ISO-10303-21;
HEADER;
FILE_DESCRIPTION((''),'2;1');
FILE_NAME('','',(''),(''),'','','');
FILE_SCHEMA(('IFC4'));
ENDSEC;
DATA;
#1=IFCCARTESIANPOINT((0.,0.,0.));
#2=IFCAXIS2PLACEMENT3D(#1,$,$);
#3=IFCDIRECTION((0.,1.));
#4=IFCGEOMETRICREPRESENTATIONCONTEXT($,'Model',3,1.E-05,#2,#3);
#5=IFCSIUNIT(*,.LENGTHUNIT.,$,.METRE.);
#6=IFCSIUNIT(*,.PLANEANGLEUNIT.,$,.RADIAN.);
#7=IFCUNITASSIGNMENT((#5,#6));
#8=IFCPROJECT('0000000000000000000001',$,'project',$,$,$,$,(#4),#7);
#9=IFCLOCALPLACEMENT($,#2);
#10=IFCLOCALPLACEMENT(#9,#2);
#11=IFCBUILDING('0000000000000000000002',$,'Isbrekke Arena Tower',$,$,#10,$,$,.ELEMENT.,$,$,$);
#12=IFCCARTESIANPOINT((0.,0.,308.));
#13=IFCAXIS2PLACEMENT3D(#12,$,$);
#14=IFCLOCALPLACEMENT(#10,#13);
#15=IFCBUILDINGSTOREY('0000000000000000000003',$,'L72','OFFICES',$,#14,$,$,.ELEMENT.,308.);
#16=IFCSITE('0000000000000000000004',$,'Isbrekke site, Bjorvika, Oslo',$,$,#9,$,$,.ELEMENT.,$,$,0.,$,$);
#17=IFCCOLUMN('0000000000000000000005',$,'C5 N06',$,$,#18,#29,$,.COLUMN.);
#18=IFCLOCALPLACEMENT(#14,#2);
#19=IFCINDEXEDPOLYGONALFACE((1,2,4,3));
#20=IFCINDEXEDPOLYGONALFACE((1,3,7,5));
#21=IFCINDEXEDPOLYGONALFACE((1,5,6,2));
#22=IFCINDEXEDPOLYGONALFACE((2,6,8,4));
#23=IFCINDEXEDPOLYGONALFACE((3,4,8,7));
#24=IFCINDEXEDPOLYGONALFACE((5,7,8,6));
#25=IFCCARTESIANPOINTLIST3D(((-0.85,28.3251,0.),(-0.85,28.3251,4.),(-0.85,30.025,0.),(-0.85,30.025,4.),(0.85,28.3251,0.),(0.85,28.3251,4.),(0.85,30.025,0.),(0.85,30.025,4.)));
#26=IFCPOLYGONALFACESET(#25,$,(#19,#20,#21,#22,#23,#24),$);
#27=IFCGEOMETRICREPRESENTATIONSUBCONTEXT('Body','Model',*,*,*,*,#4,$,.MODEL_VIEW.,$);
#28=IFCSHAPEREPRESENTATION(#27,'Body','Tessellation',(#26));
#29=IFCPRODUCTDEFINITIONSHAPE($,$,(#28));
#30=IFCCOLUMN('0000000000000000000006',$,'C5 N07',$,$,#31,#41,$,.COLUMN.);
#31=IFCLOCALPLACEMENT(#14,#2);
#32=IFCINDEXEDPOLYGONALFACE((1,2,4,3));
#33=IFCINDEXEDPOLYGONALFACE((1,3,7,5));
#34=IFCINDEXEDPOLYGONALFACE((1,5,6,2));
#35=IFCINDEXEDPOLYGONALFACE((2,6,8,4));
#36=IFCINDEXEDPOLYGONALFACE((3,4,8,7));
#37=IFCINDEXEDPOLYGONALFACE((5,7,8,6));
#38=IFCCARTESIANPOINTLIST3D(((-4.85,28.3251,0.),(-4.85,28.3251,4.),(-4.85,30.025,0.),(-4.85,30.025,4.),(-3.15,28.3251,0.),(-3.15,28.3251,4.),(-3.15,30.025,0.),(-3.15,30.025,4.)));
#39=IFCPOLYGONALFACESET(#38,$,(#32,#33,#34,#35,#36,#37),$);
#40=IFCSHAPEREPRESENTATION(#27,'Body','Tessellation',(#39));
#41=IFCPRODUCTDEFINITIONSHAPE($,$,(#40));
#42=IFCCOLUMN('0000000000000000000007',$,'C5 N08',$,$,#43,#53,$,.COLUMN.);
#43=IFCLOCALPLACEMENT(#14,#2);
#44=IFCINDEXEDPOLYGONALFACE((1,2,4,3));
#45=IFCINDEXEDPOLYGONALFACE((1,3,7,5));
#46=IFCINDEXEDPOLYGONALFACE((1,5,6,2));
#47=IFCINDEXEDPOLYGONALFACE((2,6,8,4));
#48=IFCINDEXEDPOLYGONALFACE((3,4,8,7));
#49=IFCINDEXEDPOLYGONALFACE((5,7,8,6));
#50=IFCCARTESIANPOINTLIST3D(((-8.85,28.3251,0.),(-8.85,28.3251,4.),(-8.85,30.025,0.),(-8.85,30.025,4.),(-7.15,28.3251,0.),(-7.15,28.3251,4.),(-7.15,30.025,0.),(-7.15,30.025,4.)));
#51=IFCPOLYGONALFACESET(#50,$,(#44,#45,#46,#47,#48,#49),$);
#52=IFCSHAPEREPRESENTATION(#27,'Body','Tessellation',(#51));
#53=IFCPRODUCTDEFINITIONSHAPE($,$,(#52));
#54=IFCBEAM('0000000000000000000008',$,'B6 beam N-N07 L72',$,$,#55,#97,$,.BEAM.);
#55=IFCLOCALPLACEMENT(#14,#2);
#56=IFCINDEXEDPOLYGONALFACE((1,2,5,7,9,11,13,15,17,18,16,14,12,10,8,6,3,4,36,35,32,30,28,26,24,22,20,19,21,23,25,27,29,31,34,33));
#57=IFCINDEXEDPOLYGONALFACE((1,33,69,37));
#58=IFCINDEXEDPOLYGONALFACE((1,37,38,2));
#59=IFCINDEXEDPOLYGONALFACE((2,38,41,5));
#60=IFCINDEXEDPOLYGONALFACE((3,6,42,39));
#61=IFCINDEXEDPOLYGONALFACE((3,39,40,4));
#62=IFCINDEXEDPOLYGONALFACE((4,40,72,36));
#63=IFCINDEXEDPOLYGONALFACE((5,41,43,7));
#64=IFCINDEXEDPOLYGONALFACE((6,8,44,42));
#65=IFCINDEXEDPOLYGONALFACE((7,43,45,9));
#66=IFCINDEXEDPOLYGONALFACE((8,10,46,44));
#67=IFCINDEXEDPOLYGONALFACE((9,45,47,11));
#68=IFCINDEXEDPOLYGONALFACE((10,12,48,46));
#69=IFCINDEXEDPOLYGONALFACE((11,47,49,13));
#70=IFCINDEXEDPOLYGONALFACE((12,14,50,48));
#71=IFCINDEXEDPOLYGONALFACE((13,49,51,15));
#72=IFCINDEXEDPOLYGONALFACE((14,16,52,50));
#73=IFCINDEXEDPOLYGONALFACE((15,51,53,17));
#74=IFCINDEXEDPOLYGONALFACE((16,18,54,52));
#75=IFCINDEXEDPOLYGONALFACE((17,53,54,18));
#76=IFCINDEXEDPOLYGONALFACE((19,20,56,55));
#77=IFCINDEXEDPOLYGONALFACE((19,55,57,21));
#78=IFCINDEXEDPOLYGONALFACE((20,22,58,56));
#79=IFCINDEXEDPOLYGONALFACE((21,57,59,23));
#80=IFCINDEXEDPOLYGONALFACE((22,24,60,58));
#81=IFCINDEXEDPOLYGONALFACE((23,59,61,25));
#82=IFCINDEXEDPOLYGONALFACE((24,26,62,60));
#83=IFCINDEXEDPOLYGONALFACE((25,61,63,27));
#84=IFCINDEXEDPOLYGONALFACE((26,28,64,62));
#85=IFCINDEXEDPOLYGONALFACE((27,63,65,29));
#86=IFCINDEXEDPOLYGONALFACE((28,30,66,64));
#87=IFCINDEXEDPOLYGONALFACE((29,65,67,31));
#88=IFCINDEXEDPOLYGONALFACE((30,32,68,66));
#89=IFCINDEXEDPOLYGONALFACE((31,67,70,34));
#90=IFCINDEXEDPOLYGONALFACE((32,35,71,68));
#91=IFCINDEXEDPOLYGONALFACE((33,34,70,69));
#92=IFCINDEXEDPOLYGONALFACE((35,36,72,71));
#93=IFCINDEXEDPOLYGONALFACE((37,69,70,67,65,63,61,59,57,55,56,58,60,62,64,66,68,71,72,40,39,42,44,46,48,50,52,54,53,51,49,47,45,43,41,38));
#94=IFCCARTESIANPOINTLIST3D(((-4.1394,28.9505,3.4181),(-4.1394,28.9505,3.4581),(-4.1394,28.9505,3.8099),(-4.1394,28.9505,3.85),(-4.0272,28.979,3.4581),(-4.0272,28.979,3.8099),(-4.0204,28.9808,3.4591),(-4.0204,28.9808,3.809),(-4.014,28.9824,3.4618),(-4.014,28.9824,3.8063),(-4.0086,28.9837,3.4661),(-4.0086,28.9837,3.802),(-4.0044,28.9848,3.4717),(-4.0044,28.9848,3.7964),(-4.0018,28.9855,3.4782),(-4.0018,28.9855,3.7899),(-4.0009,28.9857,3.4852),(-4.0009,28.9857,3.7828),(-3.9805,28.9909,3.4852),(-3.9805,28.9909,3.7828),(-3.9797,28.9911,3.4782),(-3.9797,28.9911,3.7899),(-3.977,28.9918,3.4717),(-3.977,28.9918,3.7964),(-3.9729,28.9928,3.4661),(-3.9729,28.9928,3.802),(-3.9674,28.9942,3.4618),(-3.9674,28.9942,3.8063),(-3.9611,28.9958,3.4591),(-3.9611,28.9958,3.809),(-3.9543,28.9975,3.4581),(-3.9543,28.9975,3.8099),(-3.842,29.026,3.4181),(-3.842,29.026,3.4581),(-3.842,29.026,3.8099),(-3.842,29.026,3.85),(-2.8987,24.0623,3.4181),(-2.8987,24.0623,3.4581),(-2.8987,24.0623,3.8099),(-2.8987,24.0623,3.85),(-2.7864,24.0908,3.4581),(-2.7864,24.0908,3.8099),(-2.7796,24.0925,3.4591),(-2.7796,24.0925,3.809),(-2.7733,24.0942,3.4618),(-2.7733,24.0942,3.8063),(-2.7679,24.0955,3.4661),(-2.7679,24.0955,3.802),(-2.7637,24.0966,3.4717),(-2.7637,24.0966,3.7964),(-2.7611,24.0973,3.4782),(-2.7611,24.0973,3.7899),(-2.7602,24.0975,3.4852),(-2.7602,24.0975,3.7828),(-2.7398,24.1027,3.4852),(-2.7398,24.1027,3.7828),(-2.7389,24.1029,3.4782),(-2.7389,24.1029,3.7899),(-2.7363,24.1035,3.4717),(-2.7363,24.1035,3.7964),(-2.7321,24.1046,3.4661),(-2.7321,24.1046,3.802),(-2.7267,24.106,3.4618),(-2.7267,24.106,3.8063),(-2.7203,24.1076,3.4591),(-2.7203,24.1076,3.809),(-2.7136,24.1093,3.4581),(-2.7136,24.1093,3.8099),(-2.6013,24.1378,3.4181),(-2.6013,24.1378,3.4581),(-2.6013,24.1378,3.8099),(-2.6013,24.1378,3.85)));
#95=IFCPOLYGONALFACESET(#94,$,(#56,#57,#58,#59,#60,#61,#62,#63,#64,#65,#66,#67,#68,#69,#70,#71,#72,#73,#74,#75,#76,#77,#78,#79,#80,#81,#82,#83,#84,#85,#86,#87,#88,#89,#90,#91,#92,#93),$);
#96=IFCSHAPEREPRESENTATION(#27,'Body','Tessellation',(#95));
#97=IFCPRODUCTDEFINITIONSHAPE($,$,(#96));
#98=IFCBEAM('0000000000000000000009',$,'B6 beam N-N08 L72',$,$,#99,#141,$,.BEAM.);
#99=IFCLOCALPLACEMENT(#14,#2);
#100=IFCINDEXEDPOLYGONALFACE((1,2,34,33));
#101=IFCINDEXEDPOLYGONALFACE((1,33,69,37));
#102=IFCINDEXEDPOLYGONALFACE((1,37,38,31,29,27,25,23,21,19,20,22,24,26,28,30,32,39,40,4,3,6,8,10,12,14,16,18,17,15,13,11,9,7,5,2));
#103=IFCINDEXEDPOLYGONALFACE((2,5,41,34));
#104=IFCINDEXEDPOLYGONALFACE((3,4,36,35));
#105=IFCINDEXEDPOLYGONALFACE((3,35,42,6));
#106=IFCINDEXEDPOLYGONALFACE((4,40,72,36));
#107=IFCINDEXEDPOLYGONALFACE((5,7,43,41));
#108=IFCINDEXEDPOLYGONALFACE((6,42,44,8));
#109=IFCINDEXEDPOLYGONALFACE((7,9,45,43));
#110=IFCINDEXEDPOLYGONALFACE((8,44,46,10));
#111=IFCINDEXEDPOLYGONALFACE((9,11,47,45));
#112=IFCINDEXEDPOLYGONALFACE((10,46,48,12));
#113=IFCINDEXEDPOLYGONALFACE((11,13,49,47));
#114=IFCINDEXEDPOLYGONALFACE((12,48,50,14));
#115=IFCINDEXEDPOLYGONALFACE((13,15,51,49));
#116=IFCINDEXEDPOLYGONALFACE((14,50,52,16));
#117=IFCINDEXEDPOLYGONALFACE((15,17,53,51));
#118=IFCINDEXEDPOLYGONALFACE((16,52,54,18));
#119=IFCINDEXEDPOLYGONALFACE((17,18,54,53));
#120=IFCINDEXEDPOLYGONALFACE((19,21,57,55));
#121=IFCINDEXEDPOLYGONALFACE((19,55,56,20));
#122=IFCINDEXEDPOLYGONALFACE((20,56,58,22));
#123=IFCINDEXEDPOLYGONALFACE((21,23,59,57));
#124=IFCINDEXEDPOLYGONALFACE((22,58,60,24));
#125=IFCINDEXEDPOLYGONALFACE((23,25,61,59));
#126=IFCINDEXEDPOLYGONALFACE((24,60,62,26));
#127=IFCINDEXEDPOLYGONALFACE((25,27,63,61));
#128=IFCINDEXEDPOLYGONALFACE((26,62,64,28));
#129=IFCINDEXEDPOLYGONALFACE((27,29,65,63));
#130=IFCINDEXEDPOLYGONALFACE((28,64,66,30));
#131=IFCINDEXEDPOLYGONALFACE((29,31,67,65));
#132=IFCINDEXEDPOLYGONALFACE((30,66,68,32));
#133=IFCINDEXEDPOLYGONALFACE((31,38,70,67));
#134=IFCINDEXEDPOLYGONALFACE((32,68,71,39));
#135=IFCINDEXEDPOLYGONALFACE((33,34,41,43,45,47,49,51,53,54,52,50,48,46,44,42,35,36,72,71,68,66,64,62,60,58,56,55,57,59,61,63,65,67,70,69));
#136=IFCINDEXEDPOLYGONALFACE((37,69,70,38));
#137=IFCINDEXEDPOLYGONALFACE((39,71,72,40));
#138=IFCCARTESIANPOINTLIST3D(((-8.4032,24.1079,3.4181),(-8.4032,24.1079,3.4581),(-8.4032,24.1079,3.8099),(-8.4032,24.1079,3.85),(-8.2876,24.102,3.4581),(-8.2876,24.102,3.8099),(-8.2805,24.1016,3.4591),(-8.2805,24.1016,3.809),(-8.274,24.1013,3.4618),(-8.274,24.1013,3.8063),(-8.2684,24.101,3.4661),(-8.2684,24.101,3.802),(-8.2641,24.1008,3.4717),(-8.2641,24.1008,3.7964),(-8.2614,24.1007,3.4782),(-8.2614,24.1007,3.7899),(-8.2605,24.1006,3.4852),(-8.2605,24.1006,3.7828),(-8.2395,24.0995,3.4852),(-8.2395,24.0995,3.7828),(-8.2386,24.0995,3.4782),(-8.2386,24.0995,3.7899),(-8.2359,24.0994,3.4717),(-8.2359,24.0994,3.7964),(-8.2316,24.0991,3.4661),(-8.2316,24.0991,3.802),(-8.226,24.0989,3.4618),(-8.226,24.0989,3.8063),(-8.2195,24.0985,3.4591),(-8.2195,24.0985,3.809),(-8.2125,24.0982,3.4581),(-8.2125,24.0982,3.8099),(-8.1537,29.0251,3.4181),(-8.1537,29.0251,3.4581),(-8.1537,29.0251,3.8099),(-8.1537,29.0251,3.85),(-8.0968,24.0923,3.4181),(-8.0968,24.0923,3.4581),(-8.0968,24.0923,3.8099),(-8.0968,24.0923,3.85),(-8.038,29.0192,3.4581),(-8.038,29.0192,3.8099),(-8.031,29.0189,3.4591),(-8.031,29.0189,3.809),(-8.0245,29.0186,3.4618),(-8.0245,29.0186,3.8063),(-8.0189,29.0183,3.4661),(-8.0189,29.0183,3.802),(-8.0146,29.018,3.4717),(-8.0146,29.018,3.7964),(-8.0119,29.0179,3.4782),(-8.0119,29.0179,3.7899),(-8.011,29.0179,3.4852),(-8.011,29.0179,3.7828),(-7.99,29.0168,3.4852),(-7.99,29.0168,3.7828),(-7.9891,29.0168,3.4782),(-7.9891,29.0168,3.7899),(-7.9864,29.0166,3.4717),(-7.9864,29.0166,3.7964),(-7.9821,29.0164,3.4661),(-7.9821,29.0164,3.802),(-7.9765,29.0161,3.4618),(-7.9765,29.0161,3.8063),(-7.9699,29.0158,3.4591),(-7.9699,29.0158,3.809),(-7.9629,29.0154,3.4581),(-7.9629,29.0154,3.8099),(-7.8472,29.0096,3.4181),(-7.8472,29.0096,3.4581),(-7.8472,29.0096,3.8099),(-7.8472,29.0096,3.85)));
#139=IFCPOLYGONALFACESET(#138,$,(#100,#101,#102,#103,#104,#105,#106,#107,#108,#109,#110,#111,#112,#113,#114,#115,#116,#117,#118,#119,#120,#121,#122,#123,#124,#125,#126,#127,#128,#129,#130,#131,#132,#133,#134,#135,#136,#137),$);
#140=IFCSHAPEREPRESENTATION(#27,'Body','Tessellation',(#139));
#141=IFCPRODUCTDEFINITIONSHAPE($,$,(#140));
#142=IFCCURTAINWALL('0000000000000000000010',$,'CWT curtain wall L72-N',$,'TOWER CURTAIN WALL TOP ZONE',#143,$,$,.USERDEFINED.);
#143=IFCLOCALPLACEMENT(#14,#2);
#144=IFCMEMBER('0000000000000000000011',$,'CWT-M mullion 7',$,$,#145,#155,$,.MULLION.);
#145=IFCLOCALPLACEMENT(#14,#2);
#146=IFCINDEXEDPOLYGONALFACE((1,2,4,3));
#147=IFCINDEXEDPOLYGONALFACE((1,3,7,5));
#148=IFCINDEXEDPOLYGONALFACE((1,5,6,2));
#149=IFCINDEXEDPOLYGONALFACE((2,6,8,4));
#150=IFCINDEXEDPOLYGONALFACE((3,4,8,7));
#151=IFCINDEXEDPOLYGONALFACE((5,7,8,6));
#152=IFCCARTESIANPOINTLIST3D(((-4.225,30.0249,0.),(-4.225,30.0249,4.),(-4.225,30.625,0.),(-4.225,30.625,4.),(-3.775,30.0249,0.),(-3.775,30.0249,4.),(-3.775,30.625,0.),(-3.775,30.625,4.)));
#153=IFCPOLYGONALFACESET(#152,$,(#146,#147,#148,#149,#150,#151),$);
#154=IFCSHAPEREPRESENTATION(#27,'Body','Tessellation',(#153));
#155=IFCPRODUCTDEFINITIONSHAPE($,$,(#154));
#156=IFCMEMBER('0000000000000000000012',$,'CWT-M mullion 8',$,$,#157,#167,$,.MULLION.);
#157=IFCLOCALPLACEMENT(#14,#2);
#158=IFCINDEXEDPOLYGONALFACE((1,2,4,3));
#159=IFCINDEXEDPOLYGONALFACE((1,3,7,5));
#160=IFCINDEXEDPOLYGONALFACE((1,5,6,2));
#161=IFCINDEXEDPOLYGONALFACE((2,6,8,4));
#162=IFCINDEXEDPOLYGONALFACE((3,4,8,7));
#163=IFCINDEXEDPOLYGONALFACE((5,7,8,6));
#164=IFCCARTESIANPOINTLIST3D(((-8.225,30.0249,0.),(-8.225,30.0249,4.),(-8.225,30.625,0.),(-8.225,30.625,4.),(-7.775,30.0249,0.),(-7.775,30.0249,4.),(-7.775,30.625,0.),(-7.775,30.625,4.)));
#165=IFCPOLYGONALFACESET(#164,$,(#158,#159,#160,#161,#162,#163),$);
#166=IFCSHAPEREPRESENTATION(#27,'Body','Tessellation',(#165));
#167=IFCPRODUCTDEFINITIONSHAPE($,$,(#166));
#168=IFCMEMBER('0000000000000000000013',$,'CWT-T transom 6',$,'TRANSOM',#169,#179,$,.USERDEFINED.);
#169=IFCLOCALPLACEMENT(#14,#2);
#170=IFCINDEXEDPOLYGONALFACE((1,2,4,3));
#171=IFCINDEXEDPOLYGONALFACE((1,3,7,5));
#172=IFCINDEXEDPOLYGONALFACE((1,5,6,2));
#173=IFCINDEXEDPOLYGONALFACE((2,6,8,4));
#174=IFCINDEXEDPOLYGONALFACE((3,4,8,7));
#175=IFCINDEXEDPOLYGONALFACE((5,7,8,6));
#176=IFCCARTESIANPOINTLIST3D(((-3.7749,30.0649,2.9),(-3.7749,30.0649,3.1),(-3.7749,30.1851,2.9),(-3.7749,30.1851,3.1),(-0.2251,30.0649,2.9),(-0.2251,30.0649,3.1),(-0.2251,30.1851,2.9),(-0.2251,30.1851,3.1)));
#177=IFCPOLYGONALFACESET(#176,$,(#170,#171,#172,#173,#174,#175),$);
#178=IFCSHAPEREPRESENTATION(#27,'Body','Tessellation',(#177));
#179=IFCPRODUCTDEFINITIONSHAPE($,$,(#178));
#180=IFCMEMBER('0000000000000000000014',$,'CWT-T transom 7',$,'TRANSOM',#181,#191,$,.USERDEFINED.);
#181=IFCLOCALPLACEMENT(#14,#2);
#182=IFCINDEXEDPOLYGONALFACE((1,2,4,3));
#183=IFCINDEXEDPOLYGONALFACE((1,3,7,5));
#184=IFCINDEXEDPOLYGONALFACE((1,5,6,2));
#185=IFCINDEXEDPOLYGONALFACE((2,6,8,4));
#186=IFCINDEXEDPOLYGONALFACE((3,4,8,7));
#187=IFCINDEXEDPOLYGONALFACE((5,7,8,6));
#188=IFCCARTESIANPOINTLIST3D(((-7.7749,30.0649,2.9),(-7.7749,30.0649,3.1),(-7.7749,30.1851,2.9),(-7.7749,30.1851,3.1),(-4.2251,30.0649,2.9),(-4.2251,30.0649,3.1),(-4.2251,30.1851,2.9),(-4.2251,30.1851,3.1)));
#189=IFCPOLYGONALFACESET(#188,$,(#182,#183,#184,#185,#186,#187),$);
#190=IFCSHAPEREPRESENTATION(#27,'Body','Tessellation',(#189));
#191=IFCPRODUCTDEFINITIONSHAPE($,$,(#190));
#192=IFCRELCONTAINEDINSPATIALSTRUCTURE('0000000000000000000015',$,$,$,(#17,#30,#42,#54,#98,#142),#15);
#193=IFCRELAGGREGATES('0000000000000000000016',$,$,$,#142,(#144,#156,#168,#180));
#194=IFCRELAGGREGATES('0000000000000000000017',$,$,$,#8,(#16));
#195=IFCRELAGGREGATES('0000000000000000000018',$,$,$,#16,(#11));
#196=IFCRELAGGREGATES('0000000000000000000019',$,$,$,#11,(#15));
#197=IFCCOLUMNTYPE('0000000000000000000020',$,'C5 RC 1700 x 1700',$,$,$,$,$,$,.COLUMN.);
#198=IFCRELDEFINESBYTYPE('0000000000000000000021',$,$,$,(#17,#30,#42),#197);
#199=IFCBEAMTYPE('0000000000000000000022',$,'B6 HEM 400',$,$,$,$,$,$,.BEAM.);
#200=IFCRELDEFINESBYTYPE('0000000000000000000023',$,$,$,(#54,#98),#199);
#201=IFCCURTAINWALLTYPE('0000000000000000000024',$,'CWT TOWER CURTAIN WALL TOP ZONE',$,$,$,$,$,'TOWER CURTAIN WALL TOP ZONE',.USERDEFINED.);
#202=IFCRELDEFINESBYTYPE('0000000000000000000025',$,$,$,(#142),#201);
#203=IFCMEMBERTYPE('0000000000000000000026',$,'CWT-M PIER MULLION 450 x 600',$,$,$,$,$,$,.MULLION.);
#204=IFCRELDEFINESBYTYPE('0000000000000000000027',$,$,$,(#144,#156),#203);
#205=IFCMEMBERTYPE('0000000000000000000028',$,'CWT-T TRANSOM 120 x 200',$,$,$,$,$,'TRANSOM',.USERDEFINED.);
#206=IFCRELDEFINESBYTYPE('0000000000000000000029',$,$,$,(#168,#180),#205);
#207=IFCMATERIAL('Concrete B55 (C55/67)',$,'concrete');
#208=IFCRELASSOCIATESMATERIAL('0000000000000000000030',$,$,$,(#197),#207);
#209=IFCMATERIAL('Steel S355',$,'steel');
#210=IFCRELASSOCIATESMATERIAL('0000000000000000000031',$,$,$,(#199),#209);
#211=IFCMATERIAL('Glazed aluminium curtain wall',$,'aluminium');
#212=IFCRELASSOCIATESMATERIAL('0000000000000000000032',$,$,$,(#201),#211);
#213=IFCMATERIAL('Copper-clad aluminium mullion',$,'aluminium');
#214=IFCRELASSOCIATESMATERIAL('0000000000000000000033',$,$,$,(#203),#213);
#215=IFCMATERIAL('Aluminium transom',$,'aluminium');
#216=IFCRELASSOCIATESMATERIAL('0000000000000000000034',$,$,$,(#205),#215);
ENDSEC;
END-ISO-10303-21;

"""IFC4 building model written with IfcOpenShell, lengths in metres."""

from ifc_helpers import new_model, si_unit, direction, frame, origin, origin_2d, place, context, subcontext, project, spatial, rectangle, i_section, extrude, material, material_profile, profile_set, type_object, element, aggregate, save


model = new_model("IFC4")

# Units and contexts
model_context = context("Model", 3, precision=1e-05, world=origin(), true_north=direction((0.0, 1.0)))
body_context = subcontext(model_context, "Body", "Model", "MODEL_VIEW")
ifc_project = project(units=[si_unit("LENGTHUNIT", "METRE"), si_unit("PLANEANGLEUNIT", "RADIAN")], contexts=[model_context])

# Site, building, storey
site_placement = place(None, origin())
site = spatial("IfcSite", under=ifc_project, at=site_placement, Name="Isbrekke site, Bjorvika, Oslo", CompositionType="ELEMENT", RefElevation=0.0)
building_placement = place(site_placement, origin())
building = spatial("IfcBuilding", under=site, at=building_placement, Name="Isbrekke Arena Tower", CompositionType="ELEMENT")
storey_placement = place(building_placement, frame((0.0, 0.0, 308.0)))
storey = spatial("IfcBuildingStorey", under=building, at=storey_placement, Name="L72", Description="OFFICES", CompositionType="ELEMENT", Elevation=308.0)

# Columns
ifc_material_1 = material(Name="Concrete B55 (C55/67)", Category="concrete")
ifc_material_profile_1 = material_profile(ifc_material_1, rectangle(XDim=1.7, YDim=1.7, at=origin_2d()), Name="RC 1700x1700")
ifc_profile_set_1 = profile_set([ifc_material_profile_1], Name="Concrete B55 (C55/67)")
column_type = type_object("IfcColumnType", Name="C5 RC 1700 x 1700", PredefinedType="COLUMN", material=ifc_profile_set_1)
for number, where, z_axis, x_axis, name in (
    (1, (0.0, 29.175, 0.0), (0.0, 0.0, 1.0), (-1.0, 0.0, 0.0), "C5 N06"),
    (2, (-4.0, 29.175, 0.0), (0.0, 0.0, 1.0), (-1.0, 0.0, 0.0), "C5 N07"),
    (3, (-8.0, 29.175, 0.0), (0.0, 0.0, 1.0), (-1.0, 0.0, 0.0), "C5 N08"),
):
    element("IfcColumn", number, at=place(storey_placement, frame(where, z_axis=z_axis, x_axis=x_axis)), inside=storey, type_object=column_type, Name=name, PredefinedType="COLUMN", context=body_context, shape_type="SweptSolid", body=[
        extrude(rectangle(XDim=1.7, YDim=1.7, at=origin_2d()), origin(), (0.0, 0.0, 1.0), 4.0),
    ])

# Beams
ifc_material_2 = material(Name="Steel S355", Category="steel")
ifc_material_profile_2 = material_profile(ifc_material_2, i_section(OverallWidth=0.3069, OverallDepth=0.4319, WebThickness=0.021, FlangeThickness=0.04, FilletRadius=0.0271, at=origin_2d()), Name="HEM 400")
ifc_profile_set_2 = profile_set([ifc_material_profile_2], Name="Steel S355")
beam_type_1 = type_object("IfcBeamType", Name="B6 HEM 400", PredefinedType="BEAM", material=ifc_profile_set_2)
beam_1_placement = place(storey_placement, frame((-3.9907, 28.9883, 3.634), z_axis=(0.24602, -0.969265, 0.0), x_axis=(0.969265, 0.24602, 0.0)))
element("IfcBeam", 4, at=beam_1_placement, inside=storey, type_object=beam_type_1, Name="B6 beam N-N07 L72", PredefinedType="BEAM", context=body_context, shape_type="SweptSolid", body=[
    extrude(i_section(OverallWidth=0.3069, OverallDepth=0.4319, WebThickness=0.021, FlangeThickness=0.04, FilletRadius=0.0271, at=origin_2d()), origin(), (0.0, 0.0, 1.0), 5.0432),
])
beam_2_placement = place(storey_placement, frame((-8.0005, 29.0173, 3.634), z_axis=(-0.050677, -0.998715, 0.0), x_axis=(0.998715, -0.050677, 0.0)))
element("IfcBeam", 5, at=beam_2_placement, inside=storey, type_object=beam_type_1, Name="B6 beam N-N08 L72", PredefinedType="BEAM", context=body_context, shape_type="SweptSolid", body=[
    extrude(i_section(OverallWidth=0.3069, OverallDepth=0.4319, WebThickness=0.021, FlangeThickness=0.04, FilletRadius=0.0271, at=origin_2d()), origin(), (0.0, 0.0, 1.0), 4.9236),
])

# Curtain wall, members
ifc_material_3 = material(Name="Glazed aluminium curtain wall", Category="aluminium")
curtain_wall_type = type_object("IfcCurtainWallType", Name="CWT TOWER CURTAIN WALL TOP ZONE", ElementType="TOWER CURTAIN WALL TOP ZONE", PredefinedType="USERDEFINED", material=ifc_material_3)
curtain_wall_placement = place(storey_placement, origin())
curtain_wall = element("IfcCurtainWall", 6, at=curtain_wall_placement, inside=storey, type_object=curtain_wall_type, Name="CWT curtain wall L72-N", ObjectType="TOWER CURTAIN WALL TOP ZONE", PredefinedType="USERDEFINED")
ifc_material_4 = material(Name="Copper-clad aluminium mullion", Category="aluminium")
ifc_material_profile_3 = material_profile(ifc_material_4, rectangle(XDim=0.45, YDim=0.6001, at=origin_2d()), Name="PIER 450X600")
ifc_profile_set_3 = profile_set([ifc_material_profile_3], Name="Copper-clad aluminium mullion")
member_type_1 = type_object("IfcMemberType", Name="CWT-M PIER MULLION 450 x 600", PredefinedType="MULLION", material=ifc_profile_set_3)
member_1_placement = place(storey_placement, frame((-4.0, 30.325, 0.0), z_axis=(0.0, 0.0, 1.0), x_axis=(-1.0, 0.0, 0.0)))
member_1 = element("IfcMember", 7, at=member_1_placement, type_object=member_type_1, Name="CWT-M mullion 7", PredefinedType="MULLION", context=body_context, shape_type="SweptSolid", body=[
    extrude(rectangle(XDim=0.45, YDim=0.6001, at=origin_2d()), origin(), (0.0, 0.0, 1.0), 4.0),
])
member_2_placement = place(storey_placement, frame((-8.0, 30.325, 0.0), z_axis=(0.0, 0.0, 1.0), x_axis=(-1.0, 0.0, 0.0)))
member_2 = element("IfcMember", 8, at=member_2_placement, type_object=member_type_1, Name="CWT-M mullion 8", PredefinedType="MULLION", context=body_context, shape_type="SweptSolid", body=[
    extrude(rectangle(XDim=0.45, YDim=0.6001, at=origin_2d()), origin(), (0.0, 0.0, 1.0), 4.0),
])
ifc_material_5 = material(Name="Aluminium transom", Category="aluminium")
ifc_material_profile_4 = material_profile(ifc_material_5, rectangle(XDim=0.1201, YDim=0.2, at=origin_2d()), Name="TRANSOM 120X200")
ifc_profile_set_4 = profile_set([ifc_material_profile_4], Name="Aluminium transom")
member_type_2 = type_object("IfcMemberType", Name="CWT-T TRANSOM 120 x 200", ElementType="TRANSOM", PredefinedType="USERDEFINED", material=ifc_profile_set_4)
member_3_placement = place(storey_placement, frame((-0.2251, 30.125, 3.0), z_axis=(-1.0, 0.0, 0.0), x_axis=(0.0, -1.0, 0.0)))
member_3 = element("IfcMember", 9, at=member_3_placement, type_object=member_type_2, Name="CWT-T transom 6", ObjectType="TRANSOM", PredefinedType="USERDEFINED", context=body_context, shape_type="SweptSolid", body=[
    extrude(rectangle(XDim=0.1201, YDim=0.2, at=origin_2d()), origin(), (0.0, 0.0, 1.0), 3.5498),
])
member_4_placement = place(storey_placement, frame((-4.2251, 30.125, 3.0), z_axis=(-1.0, 0.0, 0.0), x_axis=(0.0, -1.0, 0.0)))
member_4 = element("IfcMember", 10, at=member_4_placement, type_object=member_type_2, Name="CWT-T transom 7", ObjectType="TRANSOM", PredefinedType="USERDEFINED", context=body_context, shape_type="SweptSolid", body=[
    extrude(rectangle(XDim=0.1201, YDim=0.2, at=origin_2d()), origin(), (0.0, 0.0, 1.0), 3.5498),
])

aggregate(curtain_wall, [member_1, member_2, member_3, member_4])

save(model, "model.ifc")
